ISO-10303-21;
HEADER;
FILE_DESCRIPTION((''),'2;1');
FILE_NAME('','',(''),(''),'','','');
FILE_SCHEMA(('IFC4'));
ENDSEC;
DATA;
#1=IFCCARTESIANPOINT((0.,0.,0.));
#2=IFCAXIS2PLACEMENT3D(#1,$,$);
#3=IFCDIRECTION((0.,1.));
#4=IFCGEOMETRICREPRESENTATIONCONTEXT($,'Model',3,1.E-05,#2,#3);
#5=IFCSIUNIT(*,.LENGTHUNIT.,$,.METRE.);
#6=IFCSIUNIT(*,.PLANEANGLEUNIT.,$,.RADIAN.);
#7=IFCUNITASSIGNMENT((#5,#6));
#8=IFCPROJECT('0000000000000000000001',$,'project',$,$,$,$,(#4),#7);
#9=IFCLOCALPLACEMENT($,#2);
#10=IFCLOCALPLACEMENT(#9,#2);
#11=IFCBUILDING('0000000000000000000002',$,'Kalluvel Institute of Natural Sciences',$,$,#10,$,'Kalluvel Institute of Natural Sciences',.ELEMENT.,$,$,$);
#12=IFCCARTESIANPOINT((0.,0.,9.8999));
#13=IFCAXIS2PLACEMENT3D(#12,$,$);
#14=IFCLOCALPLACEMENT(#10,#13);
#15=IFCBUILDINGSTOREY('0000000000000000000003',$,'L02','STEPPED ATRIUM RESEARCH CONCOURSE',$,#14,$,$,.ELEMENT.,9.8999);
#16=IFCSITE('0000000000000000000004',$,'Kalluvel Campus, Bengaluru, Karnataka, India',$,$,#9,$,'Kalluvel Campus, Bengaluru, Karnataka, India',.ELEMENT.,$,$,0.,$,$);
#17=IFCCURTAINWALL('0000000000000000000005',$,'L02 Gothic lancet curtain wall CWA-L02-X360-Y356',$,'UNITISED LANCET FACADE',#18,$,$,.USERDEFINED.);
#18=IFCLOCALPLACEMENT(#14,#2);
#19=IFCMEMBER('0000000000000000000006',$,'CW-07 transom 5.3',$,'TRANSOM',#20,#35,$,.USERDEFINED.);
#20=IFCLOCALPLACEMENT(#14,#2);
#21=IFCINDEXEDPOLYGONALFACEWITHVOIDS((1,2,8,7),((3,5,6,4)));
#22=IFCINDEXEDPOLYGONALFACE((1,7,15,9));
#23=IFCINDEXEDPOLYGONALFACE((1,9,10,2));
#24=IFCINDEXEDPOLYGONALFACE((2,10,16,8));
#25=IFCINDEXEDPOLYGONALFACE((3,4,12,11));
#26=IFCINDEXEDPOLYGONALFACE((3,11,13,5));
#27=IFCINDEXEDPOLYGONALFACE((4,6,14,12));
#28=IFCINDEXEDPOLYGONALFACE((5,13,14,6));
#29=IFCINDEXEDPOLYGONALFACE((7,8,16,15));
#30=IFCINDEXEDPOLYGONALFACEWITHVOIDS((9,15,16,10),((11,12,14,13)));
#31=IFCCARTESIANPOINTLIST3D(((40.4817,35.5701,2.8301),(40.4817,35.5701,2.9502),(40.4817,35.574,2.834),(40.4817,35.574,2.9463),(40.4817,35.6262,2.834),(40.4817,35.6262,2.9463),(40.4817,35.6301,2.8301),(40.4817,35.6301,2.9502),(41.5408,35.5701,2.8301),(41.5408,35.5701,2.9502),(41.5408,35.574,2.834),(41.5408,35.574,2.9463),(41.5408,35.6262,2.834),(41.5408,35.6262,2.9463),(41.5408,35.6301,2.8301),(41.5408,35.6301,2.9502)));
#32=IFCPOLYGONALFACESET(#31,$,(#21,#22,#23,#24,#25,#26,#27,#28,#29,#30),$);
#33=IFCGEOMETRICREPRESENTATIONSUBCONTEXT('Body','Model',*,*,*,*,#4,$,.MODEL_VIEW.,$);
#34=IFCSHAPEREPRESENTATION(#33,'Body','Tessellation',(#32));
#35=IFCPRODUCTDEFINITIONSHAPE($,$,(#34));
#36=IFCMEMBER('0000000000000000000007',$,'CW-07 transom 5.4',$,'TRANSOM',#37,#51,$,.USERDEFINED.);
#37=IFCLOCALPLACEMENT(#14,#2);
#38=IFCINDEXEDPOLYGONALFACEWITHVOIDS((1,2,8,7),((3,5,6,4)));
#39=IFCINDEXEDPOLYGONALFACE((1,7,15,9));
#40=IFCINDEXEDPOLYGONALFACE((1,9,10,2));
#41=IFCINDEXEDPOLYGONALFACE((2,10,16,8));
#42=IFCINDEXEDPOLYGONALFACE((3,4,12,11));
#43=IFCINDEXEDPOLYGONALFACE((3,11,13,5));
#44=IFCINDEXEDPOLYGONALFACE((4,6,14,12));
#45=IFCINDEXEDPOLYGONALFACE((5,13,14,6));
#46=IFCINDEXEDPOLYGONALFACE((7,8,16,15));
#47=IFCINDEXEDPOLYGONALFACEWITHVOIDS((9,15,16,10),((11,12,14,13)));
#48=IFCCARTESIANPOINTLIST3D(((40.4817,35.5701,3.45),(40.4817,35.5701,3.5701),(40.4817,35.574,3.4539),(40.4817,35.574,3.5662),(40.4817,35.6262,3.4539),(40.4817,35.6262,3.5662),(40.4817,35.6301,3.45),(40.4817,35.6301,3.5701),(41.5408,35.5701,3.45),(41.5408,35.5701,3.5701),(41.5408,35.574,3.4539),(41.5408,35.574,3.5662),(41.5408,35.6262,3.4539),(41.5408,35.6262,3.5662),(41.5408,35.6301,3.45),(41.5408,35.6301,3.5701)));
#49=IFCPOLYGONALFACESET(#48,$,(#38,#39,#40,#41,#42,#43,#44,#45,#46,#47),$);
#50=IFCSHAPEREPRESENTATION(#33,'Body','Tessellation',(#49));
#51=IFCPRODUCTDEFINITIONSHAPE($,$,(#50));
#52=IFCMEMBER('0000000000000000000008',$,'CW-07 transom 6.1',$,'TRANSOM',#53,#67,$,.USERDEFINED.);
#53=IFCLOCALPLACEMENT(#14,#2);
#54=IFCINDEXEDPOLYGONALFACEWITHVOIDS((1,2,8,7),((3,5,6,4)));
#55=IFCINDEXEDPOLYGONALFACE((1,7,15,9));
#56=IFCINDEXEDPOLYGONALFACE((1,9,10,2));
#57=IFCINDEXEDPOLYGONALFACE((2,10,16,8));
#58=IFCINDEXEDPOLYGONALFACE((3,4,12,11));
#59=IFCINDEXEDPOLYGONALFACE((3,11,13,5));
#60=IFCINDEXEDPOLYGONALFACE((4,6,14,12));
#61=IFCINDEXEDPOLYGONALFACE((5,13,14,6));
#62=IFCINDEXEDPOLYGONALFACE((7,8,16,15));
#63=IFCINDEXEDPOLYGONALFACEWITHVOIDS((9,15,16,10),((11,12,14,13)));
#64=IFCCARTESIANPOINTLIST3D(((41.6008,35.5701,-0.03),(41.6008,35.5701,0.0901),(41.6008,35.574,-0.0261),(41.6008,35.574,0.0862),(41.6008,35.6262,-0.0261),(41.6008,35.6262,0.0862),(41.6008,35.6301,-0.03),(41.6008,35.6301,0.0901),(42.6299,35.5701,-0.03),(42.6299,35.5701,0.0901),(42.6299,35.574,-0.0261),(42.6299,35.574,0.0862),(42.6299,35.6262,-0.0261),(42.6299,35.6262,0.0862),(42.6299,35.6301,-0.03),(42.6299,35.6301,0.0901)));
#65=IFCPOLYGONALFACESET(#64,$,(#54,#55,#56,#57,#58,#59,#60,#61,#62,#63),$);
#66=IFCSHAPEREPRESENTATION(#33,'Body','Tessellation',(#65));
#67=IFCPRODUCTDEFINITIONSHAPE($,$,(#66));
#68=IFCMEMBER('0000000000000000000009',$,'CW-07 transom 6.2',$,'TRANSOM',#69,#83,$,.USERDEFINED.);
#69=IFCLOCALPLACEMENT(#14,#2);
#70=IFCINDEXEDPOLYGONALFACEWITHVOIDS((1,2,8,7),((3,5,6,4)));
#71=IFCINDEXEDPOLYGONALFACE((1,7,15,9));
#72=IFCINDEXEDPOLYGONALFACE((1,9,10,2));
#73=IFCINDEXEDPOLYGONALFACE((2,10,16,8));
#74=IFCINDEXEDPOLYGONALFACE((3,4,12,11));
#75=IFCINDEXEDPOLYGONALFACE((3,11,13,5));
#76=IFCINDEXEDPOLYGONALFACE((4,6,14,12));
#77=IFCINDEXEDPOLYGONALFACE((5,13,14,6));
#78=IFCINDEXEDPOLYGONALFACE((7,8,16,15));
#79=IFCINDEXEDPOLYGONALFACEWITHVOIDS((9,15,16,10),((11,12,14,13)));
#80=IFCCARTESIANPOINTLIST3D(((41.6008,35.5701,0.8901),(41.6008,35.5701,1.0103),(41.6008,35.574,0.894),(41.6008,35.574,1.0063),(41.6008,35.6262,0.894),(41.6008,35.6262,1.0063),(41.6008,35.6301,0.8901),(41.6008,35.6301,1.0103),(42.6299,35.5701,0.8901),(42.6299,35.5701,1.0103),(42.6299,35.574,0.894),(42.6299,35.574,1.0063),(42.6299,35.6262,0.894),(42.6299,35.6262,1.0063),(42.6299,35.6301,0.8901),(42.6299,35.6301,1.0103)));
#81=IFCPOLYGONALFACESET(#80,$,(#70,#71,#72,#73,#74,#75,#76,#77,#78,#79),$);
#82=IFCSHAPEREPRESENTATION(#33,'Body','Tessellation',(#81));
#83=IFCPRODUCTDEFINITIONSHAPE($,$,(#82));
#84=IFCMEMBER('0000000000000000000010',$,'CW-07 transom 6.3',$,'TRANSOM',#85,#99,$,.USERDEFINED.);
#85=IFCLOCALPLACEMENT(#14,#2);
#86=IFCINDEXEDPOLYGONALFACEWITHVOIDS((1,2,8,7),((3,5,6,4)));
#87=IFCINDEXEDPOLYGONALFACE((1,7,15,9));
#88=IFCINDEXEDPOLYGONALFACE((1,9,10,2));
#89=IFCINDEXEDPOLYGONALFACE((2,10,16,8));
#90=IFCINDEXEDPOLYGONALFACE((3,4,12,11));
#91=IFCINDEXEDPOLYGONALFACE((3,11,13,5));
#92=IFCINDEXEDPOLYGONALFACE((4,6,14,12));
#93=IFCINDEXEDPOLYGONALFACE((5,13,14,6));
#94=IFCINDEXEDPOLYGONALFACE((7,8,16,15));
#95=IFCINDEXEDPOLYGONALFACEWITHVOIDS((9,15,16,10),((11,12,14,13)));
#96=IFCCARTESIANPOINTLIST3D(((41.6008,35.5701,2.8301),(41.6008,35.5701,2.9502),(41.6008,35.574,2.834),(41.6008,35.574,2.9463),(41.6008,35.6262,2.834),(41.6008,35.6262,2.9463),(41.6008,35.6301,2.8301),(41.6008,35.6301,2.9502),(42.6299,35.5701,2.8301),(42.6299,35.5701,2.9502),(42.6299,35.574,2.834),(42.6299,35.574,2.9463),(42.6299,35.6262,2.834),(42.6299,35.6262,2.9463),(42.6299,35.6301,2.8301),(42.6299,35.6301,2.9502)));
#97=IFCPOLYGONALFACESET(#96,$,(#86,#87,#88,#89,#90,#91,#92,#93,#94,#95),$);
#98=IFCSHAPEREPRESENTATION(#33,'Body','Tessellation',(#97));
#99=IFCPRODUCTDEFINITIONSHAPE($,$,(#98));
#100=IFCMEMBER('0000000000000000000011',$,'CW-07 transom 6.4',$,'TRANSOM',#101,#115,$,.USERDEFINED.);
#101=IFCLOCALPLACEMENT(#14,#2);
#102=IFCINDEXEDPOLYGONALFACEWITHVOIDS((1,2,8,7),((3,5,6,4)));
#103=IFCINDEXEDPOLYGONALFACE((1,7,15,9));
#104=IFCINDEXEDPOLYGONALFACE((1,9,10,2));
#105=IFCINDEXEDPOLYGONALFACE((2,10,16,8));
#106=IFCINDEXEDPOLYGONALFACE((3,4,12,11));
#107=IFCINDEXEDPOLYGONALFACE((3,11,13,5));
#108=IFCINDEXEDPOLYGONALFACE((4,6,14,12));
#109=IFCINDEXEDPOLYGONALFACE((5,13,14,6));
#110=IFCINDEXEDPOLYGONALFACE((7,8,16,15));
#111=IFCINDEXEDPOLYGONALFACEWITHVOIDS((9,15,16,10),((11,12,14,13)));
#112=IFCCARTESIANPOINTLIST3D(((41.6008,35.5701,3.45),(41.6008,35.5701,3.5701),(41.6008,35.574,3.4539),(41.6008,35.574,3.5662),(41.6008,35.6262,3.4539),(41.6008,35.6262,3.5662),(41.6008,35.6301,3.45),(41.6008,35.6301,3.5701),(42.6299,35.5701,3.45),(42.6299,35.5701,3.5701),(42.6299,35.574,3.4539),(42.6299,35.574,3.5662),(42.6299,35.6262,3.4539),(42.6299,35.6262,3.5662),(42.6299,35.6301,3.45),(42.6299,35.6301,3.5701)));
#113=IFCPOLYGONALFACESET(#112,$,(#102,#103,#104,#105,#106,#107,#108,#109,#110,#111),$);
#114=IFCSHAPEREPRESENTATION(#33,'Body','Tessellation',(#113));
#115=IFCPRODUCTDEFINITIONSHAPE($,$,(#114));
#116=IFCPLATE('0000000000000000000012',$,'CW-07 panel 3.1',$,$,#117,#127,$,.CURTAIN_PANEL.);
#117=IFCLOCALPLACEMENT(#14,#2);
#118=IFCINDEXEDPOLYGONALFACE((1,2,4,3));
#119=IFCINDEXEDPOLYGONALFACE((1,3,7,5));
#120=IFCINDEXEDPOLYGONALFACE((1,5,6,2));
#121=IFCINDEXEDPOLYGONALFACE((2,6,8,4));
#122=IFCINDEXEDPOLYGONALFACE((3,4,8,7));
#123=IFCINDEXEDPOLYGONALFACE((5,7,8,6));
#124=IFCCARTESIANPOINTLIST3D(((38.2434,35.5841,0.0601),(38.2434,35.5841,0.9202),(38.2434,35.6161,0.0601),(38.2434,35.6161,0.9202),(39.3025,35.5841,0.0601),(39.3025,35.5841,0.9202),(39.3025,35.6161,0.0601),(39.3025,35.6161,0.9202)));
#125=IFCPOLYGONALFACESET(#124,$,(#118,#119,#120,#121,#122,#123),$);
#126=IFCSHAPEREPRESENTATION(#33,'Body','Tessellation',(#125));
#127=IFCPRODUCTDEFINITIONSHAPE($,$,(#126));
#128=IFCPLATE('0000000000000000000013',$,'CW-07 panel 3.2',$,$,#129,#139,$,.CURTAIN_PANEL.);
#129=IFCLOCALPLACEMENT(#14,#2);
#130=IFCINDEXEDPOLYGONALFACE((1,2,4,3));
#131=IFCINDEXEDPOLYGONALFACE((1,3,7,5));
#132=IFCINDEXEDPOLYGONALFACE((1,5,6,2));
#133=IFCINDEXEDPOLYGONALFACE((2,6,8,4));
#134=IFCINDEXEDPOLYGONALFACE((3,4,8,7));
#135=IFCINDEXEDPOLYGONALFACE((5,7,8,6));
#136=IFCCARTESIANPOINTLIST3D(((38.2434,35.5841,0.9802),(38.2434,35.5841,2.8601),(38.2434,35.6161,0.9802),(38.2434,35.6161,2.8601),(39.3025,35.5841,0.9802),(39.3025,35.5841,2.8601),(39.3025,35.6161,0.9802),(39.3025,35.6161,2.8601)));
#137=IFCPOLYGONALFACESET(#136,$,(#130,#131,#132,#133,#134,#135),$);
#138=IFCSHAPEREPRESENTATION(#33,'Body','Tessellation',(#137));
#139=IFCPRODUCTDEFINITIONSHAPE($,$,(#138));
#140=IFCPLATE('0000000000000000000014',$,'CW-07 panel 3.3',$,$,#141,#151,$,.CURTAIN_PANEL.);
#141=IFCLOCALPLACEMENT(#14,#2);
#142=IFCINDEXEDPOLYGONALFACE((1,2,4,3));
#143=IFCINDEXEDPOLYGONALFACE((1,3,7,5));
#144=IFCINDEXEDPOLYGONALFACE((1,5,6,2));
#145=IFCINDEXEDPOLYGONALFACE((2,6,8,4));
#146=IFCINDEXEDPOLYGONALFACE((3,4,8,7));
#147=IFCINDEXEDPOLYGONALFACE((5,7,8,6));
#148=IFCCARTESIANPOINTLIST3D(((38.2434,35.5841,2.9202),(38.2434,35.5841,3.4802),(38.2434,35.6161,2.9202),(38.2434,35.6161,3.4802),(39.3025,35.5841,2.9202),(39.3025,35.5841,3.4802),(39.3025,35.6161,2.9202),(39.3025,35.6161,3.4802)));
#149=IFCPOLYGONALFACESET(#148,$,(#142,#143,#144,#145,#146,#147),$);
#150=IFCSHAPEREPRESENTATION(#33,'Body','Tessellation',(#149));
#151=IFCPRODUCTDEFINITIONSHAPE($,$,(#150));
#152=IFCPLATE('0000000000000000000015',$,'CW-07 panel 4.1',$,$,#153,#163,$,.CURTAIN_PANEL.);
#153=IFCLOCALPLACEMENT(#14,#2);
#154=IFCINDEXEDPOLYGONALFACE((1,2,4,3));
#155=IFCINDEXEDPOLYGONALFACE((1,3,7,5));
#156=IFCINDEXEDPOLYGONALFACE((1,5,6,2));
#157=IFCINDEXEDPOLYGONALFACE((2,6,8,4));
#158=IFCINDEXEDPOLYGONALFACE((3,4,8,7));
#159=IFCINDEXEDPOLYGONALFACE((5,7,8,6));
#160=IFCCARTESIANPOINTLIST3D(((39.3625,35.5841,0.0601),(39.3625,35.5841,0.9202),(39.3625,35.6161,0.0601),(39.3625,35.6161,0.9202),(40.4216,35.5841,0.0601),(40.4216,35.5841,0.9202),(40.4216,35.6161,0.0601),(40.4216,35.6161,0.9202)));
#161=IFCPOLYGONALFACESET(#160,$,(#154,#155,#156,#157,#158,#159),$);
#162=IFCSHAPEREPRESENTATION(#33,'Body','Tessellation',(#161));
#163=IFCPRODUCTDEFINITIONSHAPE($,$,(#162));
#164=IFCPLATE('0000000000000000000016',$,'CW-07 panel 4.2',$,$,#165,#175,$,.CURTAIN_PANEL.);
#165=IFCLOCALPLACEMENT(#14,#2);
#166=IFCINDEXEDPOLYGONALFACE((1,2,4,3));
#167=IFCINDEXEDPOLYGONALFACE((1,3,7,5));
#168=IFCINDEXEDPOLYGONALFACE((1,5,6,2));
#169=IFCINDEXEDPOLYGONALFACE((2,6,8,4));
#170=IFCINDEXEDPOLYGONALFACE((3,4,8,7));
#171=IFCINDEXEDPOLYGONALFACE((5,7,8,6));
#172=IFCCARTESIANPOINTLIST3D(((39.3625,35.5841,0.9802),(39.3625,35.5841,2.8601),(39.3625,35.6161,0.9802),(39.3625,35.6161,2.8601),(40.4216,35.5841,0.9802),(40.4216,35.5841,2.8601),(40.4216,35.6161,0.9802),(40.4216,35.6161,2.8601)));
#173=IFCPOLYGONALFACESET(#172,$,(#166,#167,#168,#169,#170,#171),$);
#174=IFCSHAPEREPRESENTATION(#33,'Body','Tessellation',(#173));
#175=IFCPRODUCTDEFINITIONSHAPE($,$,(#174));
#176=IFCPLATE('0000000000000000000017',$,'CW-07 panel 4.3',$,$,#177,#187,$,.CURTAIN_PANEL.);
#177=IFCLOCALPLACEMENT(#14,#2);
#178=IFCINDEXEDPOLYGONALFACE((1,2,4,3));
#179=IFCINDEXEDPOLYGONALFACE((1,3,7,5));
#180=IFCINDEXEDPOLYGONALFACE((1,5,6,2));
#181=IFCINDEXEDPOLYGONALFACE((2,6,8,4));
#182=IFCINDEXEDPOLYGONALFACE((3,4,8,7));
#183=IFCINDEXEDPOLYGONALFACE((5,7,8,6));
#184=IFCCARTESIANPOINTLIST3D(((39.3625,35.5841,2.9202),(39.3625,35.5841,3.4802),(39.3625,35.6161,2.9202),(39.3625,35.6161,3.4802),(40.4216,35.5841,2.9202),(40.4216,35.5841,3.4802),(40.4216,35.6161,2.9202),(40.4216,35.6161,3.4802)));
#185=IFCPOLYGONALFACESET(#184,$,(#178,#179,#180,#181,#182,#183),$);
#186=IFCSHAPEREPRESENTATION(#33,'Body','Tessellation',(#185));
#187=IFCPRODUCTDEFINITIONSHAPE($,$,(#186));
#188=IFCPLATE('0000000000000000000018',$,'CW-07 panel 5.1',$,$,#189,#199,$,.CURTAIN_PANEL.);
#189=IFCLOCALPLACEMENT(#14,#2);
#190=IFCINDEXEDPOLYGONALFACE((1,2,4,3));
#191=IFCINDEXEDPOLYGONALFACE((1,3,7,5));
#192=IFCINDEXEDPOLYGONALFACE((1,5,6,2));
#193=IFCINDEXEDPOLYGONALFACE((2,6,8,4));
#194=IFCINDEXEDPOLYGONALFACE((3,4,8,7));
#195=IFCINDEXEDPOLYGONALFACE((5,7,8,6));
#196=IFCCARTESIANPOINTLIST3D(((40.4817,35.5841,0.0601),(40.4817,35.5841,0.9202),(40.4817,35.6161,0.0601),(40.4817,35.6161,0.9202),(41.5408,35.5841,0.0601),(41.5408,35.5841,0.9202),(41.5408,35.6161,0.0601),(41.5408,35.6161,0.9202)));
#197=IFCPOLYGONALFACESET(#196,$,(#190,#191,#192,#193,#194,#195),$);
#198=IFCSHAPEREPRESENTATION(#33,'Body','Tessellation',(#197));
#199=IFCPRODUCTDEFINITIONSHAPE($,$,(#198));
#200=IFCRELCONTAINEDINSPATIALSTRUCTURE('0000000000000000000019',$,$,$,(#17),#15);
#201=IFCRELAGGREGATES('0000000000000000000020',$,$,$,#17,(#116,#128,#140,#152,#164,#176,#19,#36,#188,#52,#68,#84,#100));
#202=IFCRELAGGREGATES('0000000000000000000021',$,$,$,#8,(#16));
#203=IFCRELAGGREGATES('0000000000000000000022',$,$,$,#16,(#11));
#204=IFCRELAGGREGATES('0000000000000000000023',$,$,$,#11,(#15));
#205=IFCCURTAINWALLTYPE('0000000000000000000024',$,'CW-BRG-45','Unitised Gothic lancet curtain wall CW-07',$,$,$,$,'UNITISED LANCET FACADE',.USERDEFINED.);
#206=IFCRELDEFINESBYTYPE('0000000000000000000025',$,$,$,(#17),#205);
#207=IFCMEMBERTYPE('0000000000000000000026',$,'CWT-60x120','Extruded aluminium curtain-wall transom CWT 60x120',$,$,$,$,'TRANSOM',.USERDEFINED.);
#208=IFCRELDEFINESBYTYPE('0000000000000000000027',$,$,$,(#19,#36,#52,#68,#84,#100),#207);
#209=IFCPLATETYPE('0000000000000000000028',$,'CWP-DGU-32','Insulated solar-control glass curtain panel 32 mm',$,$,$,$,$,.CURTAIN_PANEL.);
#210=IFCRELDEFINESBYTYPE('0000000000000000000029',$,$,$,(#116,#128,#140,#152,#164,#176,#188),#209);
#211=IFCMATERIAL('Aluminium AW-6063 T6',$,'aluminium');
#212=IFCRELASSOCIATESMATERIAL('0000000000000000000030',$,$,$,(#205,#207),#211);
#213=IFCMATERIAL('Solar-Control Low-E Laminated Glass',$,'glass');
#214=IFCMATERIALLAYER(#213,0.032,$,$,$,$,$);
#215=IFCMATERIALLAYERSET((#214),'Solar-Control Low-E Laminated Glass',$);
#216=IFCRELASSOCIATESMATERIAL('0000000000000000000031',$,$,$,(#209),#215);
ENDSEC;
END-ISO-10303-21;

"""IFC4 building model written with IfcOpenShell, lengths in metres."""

from ifc_helpers import new_model, si_unit, direction, frame, origin, origin_2d, place, context, subcontext, project, spatial, rectangle, hollow_rectangle, extrude, material, layer, layer_set, material_profile, profile_set, type_object, element, aggregate, save


model = new_model("IFC4")

# Units and contexts
model_context = context("Model", 3, precision=1e-05, world=origin(), true_north=direction((0.0, 1.0)))
body_context = subcontext(model_context, "Body", "Model", "MODEL_VIEW")
ifc_project = project(units=[si_unit("LENGTHUNIT", "METRE"), si_unit("PLANEANGLEUNIT", "RADIAN")], contexts=[model_context])

# Site, building, storey
site_placement = place(None, origin())
site = spatial("IfcSite", under=ifc_project, at=site_placement, Name="Kalluvel Campus, Bengaluru, Karnataka, India", LongName="Kalluvel Campus, Bengaluru, Karnataka, India", CompositionType="ELEMENT", RefElevation=0.0)
building_placement = place(site_placement, origin())
building = spatial("IfcBuilding", under=site, at=building_placement, Name="Kalluvel Institute of Natural Sciences", LongName="Kalluvel Institute of Natural Sciences", CompositionType="ELEMENT")
storey_placement = place(building_placement, frame((0.0, 0.0, 9.8999)))
storey = spatial("IfcBuildingStorey", under=building, at=storey_placement, Name="L02", Description="STEPPED ATRIUM RESEARCH CONCOURSE", CompositionType="ELEMENT", Elevation=9.8999)

# Curtain wall, members, plates
ifc_material_1 = material(Name="Aluminium AW-6063 T6", Category="aluminium")
curtain_wall_type = type_object("IfcCurtainWallType", Name="CW-BRG-45", Description="Unitised Gothic lancet curtain wall CW-07", ElementType="UNITISED LANCET FACADE", PredefinedType="USERDEFINED", material=ifc_material_1)
curtain_wall_placement = place(storey_placement, origin())
curtain_wall = element("IfcCurtainWall", 1, at=curtain_wall_placement, inside=storey, type_object=curtain_wall_type, Name="L02 Gothic lancet curtain wall CWA-L02-X360-Y356", ObjectType="UNITISED LANCET FACADE", PredefinedType="USERDEFINED")
ifc_material_profile_1 = material_profile(ifc_material_1, hollow_rectangle(XDim=0.0601, YDim=0.1201, WallThickness=0.0039, at=origin_2d()), Name="CWT 60x120")
ifc_profile_set_1 = profile_set([ifc_material_profile_1], Name="Aluminium AW-6063 T6")
member_type_1 = type_object("IfcMemberType", Name="CWT-60x120", Description="Extruded aluminium curtain-wall transom CWT 60x120", ElementType="TRANSOM", PredefinedType="USERDEFINED", material=ifc_profile_set_1)
member_1_placement = place(storey_placement, frame((40.4817, 35.6001, 2.8901), z_axis=(1.0, 0.0, 0.0), x_axis=(0.0, 1.0, 0.0)))
member_1 = element("IfcMember", 2, at=member_1_placement, type_object=member_type_1, Name="CW-07 transom 5.3", ObjectType="TRANSOM", PredefinedType="USERDEFINED", context=body_context, shape_type="SweptSolid", body=[
    extrude(hollow_rectangle(XDim=0.0601, YDim=0.1201, WallThickness=0.0039, at=origin_2d()), origin(), (0.0, 0.0, 1.0), 1.0591),
])
member_2_placement = place(storey_placement, frame((40.4817, 35.6001, 3.51), z_axis=(1.0, 0.0, 0.0), x_axis=(0.0, 1.0, 0.0)))
member_2 = element("IfcMember", 3, at=member_2_placement, type_object=member_type_1, Name="CW-07 transom 5.4", ObjectType="TRANSOM", PredefinedType="USERDEFINED", context=body_context, shape_type="SweptSolid", body=[
    extrude(hollow_rectangle(XDim=0.0601, YDim=0.1201, WallThickness=0.0039, at=origin_2d()), origin(), (0.0, 0.0, 1.0), 1.0591),
])
member_3_placement = place(storey_placement, frame((41.6008, 35.6001, 0.03), z_axis=(1.0, 0.0, 0.0), x_axis=(0.0, 1.0, 0.0)))
member_3 = element("IfcMember", 4, at=member_3_placement, type_object=member_type_1, Name="CW-07 transom 6.1", ObjectType="TRANSOM", PredefinedType="USERDEFINED", context=body_context, shape_type="SweptSolid", body=[
    extrude(hollow_rectangle(XDim=0.0601, YDim=0.1201, WallThickness=0.0039, at=origin_2d()), origin(), (0.0, 0.0, 1.0), 1.0291),
])
member_4_placement = place(storey_placement, frame((41.6008, 35.6001, 0.9502), z_axis=(1.0, 0.0, 0.0), x_axis=(0.0, 1.0, 0.0)))
member_4 = element("IfcMember", 5, at=member_4_placement, type_object=member_type_1, Name="CW-07 transom 6.2", ObjectType="TRANSOM", PredefinedType="USERDEFINED", context=body_context, shape_type="SweptSolid", body=[
    extrude(hollow_rectangle(XDim=0.0601, YDim=0.1201, WallThickness=0.0039, at=origin_2d()), origin(), (0.0, 0.0, 1.0), 1.0291),
])
member_5_placement = place(storey_placement, frame((41.6008, 35.6001, 2.8901), z_axis=(1.0, 0.0, 0.0), x_axis=(0.0, 1.0, 0.0)))
member_5 = element("IfcMember", 6, at=member_5_placement, type_object=member_type_1, Name="CW-07 transom 6.3", ObjectType="TRANSOM", PredefinedType="USERDEFINED", context=body_context, shape_type="SweptSolid", body=[
    extrude(hollow_rectangle(XDim=0.0601, YDim=0.1201, WallThickness=0.0039, at=origin_2d()), origin(), (0.0, 0.0, 1.0), 1.0291),
])
member_6_placement = place(storey_placement, frame((41.6008, 35.6001, 3.51), z_axis=(1.0, 0.0, 0.0), x_axis=(0.0, 1.0, 0.0)))
member_6 = element("IfcMember", 7, at=member_6_placement, type_object=member_type_1, Name="CW-07 transom 6.4", ObjectType="TRANSOM", PredefinedType="USERDEFINED", context=body_context, shape_type="SweptSolid", body=[
    extrude(hollow_rectangle(XDim=0.0601, YDim=0.1201, WallThickness=0.0039, at=origin_2d()), origin(), (0.0, 0.0, 1.0), 1.0291),
])
ifc_material_2 = material(Name="Solar-Control Low-E Laminated Glass", Category="glass")
ifc_layer = layer(ifc_material_2, 0.032)
ifc_layer_set = layer_set([ifc_layer], Name="Solar-Control Low-E Laminated Glass")
plate_type = type_object("IfcPlateType", Name="CWP-DGU-32", Description="Insulated solar-control glass curtain panel 32 mm", PredefinedType="CURTAIN_PANEL", material=ifc_layer_set)
plate_1_placement = place(storey_placement, frame((38.7729, 35.6001, 0.0601), z_axis=(0.0, 0.0, 1.0), x_axis=(1.0, 0.0, 0.0)))
plate_1 = element("IfcPlate", 8, at=plate_1_placement, type_object=plate_type, Name="CW-07 panel 3.1", PredefinedType="CURTAIN_PANEL", context=body_context, shape_type="SweptSolid", body=[
    extrude(rectangle(XDim=1.0591, YDim=0.032, at=origin_2d()), origin(), (0.0, 0.0, 1.0), 0.8601),
])
plate_2_placement = place(storey_placement, frame((38.7729, 35.6001, 0.9802), z_axis=(0.0, 0.0, 1.0), x_axis=(1.0, 0.0, 0.0)))
plate_2 = element("IfcPlate", 9, at=plate_2_placement, type_object=plate_type, Name="CW-07 panel 3.2", PredefinedType="CURTAIN_PANEL", context=body_context, shape_type="SweptSolid", body=[
    extrude(rectangle(XDim=1.0591, YDim=0.032, at=origin_2d()), origin(), (0.0, 0.0, 1.0), 1.8799),
])
plate_3_placement = place(storey_placement, frame((38.7729, 35.6001, 2.9202), z_axis=(0.0, 0.0, 1.0), x_axis=(1.0, 0.0, 0.0)))
plate_3 = element("IfcPlate", 10, at=plate_3_placement, type_object=plate_type, Name="CW-07 panel 3.3", PredefinedType="CURTAIN_PANEL", context=body_context, shape_type="SweptSolid", body=[
    extrude(rectangle(XDim=1.0591, YDim=0.032, at=origin_2d()), origin(), (0.0, 0.0, 1.0), 0.5601),
])
plate_4_placement = place(storey_placement, frame((39.8921, 35.6001, 0.0601), z_axis=(0.0, 0.0, 1.0), x_axis=(1.0, 0.0, 0.0)))
plate_4 = element("IfcPlate", 11, at=plate_4_placement, type_object=plate_type, Name="CW-07 panel 4.1", PredefinedType="CURTAIN_PANEL", context=body_context, shape_type="SweptSolid", body=[
    extrude(rectangle(XDim=1.0591, YDim=0.032, at=origin_2d()), origin(), (0.0, 0.0, 1.0), 0.8601),
])
plate_5_placement = place(storey_placement, frame((39.8921, 35.6001, 0.9802), z_axis=(0.0, 0.0, 1.0), x_axis=(1.0, 0.0, 0.0)))
plate_5 = element("IfcPlate", 12, at=plate_5_placement, type_object=plate_type, Name="CW-07 panel 4.2", PredefinedType="CURTAIN_PANEL", context=body_context, shape_type="SweptSolid", body=[
    extrude(rectangle(XDim=1.0591, YDim=0.032, at=origin_2d()), origin(), (0.0, 0.0, 1.0), 1.8799),
])
plate_6_placement = place(storey_placement, frame((39.8921, 35.6001, 2.9202), z_axis=(0.0, 0.0, 1.0), x_axis=(1.0, 0.0, 0.0)))
plate_6 = element("IfcPlate", 13, at=plate_6_placement, type_object=plate_type, Name="CW-07 panel 4.3", PredefinedType="CURTAIN_PANEL", context=body_context, shape_type="SweptSolid", body=[
    extrude(rectangle(XDim=1.0591, YDim=0.032, at=origin_2d()), origin(), (0.0, 0.0, 1.0), 0.5601),
])
plate_7_placement = place(storey_placement, frame((41.0112, 35.6001, 0.0601), z_axis=(0.0, 0.0, 1.0), x_axis=(1.0, 0.0, 0.0)))
plate_7 = element("IfcPlate", 14, at=plate_7_placement, type_object=plate_type, Name="CW-07 panel 5.1", PredefinedType="CURTAIN_PANEL", context=body_context, shape_type="SweptSolid", body=[
    extrude(rectangle(XDim=1.0591, YDim=0.032, at=origin_2d()), origin(), (0.0, 0.0, 1.0), 0.8601),
])
aggregate(curtain_wall, [plate_1, plate_2, plate_3, plate_4, plate_5, plate_6, member_1, member_2, plate_7, member_3, member_4, member_5, member_6])

save(model, "model.ifc")
